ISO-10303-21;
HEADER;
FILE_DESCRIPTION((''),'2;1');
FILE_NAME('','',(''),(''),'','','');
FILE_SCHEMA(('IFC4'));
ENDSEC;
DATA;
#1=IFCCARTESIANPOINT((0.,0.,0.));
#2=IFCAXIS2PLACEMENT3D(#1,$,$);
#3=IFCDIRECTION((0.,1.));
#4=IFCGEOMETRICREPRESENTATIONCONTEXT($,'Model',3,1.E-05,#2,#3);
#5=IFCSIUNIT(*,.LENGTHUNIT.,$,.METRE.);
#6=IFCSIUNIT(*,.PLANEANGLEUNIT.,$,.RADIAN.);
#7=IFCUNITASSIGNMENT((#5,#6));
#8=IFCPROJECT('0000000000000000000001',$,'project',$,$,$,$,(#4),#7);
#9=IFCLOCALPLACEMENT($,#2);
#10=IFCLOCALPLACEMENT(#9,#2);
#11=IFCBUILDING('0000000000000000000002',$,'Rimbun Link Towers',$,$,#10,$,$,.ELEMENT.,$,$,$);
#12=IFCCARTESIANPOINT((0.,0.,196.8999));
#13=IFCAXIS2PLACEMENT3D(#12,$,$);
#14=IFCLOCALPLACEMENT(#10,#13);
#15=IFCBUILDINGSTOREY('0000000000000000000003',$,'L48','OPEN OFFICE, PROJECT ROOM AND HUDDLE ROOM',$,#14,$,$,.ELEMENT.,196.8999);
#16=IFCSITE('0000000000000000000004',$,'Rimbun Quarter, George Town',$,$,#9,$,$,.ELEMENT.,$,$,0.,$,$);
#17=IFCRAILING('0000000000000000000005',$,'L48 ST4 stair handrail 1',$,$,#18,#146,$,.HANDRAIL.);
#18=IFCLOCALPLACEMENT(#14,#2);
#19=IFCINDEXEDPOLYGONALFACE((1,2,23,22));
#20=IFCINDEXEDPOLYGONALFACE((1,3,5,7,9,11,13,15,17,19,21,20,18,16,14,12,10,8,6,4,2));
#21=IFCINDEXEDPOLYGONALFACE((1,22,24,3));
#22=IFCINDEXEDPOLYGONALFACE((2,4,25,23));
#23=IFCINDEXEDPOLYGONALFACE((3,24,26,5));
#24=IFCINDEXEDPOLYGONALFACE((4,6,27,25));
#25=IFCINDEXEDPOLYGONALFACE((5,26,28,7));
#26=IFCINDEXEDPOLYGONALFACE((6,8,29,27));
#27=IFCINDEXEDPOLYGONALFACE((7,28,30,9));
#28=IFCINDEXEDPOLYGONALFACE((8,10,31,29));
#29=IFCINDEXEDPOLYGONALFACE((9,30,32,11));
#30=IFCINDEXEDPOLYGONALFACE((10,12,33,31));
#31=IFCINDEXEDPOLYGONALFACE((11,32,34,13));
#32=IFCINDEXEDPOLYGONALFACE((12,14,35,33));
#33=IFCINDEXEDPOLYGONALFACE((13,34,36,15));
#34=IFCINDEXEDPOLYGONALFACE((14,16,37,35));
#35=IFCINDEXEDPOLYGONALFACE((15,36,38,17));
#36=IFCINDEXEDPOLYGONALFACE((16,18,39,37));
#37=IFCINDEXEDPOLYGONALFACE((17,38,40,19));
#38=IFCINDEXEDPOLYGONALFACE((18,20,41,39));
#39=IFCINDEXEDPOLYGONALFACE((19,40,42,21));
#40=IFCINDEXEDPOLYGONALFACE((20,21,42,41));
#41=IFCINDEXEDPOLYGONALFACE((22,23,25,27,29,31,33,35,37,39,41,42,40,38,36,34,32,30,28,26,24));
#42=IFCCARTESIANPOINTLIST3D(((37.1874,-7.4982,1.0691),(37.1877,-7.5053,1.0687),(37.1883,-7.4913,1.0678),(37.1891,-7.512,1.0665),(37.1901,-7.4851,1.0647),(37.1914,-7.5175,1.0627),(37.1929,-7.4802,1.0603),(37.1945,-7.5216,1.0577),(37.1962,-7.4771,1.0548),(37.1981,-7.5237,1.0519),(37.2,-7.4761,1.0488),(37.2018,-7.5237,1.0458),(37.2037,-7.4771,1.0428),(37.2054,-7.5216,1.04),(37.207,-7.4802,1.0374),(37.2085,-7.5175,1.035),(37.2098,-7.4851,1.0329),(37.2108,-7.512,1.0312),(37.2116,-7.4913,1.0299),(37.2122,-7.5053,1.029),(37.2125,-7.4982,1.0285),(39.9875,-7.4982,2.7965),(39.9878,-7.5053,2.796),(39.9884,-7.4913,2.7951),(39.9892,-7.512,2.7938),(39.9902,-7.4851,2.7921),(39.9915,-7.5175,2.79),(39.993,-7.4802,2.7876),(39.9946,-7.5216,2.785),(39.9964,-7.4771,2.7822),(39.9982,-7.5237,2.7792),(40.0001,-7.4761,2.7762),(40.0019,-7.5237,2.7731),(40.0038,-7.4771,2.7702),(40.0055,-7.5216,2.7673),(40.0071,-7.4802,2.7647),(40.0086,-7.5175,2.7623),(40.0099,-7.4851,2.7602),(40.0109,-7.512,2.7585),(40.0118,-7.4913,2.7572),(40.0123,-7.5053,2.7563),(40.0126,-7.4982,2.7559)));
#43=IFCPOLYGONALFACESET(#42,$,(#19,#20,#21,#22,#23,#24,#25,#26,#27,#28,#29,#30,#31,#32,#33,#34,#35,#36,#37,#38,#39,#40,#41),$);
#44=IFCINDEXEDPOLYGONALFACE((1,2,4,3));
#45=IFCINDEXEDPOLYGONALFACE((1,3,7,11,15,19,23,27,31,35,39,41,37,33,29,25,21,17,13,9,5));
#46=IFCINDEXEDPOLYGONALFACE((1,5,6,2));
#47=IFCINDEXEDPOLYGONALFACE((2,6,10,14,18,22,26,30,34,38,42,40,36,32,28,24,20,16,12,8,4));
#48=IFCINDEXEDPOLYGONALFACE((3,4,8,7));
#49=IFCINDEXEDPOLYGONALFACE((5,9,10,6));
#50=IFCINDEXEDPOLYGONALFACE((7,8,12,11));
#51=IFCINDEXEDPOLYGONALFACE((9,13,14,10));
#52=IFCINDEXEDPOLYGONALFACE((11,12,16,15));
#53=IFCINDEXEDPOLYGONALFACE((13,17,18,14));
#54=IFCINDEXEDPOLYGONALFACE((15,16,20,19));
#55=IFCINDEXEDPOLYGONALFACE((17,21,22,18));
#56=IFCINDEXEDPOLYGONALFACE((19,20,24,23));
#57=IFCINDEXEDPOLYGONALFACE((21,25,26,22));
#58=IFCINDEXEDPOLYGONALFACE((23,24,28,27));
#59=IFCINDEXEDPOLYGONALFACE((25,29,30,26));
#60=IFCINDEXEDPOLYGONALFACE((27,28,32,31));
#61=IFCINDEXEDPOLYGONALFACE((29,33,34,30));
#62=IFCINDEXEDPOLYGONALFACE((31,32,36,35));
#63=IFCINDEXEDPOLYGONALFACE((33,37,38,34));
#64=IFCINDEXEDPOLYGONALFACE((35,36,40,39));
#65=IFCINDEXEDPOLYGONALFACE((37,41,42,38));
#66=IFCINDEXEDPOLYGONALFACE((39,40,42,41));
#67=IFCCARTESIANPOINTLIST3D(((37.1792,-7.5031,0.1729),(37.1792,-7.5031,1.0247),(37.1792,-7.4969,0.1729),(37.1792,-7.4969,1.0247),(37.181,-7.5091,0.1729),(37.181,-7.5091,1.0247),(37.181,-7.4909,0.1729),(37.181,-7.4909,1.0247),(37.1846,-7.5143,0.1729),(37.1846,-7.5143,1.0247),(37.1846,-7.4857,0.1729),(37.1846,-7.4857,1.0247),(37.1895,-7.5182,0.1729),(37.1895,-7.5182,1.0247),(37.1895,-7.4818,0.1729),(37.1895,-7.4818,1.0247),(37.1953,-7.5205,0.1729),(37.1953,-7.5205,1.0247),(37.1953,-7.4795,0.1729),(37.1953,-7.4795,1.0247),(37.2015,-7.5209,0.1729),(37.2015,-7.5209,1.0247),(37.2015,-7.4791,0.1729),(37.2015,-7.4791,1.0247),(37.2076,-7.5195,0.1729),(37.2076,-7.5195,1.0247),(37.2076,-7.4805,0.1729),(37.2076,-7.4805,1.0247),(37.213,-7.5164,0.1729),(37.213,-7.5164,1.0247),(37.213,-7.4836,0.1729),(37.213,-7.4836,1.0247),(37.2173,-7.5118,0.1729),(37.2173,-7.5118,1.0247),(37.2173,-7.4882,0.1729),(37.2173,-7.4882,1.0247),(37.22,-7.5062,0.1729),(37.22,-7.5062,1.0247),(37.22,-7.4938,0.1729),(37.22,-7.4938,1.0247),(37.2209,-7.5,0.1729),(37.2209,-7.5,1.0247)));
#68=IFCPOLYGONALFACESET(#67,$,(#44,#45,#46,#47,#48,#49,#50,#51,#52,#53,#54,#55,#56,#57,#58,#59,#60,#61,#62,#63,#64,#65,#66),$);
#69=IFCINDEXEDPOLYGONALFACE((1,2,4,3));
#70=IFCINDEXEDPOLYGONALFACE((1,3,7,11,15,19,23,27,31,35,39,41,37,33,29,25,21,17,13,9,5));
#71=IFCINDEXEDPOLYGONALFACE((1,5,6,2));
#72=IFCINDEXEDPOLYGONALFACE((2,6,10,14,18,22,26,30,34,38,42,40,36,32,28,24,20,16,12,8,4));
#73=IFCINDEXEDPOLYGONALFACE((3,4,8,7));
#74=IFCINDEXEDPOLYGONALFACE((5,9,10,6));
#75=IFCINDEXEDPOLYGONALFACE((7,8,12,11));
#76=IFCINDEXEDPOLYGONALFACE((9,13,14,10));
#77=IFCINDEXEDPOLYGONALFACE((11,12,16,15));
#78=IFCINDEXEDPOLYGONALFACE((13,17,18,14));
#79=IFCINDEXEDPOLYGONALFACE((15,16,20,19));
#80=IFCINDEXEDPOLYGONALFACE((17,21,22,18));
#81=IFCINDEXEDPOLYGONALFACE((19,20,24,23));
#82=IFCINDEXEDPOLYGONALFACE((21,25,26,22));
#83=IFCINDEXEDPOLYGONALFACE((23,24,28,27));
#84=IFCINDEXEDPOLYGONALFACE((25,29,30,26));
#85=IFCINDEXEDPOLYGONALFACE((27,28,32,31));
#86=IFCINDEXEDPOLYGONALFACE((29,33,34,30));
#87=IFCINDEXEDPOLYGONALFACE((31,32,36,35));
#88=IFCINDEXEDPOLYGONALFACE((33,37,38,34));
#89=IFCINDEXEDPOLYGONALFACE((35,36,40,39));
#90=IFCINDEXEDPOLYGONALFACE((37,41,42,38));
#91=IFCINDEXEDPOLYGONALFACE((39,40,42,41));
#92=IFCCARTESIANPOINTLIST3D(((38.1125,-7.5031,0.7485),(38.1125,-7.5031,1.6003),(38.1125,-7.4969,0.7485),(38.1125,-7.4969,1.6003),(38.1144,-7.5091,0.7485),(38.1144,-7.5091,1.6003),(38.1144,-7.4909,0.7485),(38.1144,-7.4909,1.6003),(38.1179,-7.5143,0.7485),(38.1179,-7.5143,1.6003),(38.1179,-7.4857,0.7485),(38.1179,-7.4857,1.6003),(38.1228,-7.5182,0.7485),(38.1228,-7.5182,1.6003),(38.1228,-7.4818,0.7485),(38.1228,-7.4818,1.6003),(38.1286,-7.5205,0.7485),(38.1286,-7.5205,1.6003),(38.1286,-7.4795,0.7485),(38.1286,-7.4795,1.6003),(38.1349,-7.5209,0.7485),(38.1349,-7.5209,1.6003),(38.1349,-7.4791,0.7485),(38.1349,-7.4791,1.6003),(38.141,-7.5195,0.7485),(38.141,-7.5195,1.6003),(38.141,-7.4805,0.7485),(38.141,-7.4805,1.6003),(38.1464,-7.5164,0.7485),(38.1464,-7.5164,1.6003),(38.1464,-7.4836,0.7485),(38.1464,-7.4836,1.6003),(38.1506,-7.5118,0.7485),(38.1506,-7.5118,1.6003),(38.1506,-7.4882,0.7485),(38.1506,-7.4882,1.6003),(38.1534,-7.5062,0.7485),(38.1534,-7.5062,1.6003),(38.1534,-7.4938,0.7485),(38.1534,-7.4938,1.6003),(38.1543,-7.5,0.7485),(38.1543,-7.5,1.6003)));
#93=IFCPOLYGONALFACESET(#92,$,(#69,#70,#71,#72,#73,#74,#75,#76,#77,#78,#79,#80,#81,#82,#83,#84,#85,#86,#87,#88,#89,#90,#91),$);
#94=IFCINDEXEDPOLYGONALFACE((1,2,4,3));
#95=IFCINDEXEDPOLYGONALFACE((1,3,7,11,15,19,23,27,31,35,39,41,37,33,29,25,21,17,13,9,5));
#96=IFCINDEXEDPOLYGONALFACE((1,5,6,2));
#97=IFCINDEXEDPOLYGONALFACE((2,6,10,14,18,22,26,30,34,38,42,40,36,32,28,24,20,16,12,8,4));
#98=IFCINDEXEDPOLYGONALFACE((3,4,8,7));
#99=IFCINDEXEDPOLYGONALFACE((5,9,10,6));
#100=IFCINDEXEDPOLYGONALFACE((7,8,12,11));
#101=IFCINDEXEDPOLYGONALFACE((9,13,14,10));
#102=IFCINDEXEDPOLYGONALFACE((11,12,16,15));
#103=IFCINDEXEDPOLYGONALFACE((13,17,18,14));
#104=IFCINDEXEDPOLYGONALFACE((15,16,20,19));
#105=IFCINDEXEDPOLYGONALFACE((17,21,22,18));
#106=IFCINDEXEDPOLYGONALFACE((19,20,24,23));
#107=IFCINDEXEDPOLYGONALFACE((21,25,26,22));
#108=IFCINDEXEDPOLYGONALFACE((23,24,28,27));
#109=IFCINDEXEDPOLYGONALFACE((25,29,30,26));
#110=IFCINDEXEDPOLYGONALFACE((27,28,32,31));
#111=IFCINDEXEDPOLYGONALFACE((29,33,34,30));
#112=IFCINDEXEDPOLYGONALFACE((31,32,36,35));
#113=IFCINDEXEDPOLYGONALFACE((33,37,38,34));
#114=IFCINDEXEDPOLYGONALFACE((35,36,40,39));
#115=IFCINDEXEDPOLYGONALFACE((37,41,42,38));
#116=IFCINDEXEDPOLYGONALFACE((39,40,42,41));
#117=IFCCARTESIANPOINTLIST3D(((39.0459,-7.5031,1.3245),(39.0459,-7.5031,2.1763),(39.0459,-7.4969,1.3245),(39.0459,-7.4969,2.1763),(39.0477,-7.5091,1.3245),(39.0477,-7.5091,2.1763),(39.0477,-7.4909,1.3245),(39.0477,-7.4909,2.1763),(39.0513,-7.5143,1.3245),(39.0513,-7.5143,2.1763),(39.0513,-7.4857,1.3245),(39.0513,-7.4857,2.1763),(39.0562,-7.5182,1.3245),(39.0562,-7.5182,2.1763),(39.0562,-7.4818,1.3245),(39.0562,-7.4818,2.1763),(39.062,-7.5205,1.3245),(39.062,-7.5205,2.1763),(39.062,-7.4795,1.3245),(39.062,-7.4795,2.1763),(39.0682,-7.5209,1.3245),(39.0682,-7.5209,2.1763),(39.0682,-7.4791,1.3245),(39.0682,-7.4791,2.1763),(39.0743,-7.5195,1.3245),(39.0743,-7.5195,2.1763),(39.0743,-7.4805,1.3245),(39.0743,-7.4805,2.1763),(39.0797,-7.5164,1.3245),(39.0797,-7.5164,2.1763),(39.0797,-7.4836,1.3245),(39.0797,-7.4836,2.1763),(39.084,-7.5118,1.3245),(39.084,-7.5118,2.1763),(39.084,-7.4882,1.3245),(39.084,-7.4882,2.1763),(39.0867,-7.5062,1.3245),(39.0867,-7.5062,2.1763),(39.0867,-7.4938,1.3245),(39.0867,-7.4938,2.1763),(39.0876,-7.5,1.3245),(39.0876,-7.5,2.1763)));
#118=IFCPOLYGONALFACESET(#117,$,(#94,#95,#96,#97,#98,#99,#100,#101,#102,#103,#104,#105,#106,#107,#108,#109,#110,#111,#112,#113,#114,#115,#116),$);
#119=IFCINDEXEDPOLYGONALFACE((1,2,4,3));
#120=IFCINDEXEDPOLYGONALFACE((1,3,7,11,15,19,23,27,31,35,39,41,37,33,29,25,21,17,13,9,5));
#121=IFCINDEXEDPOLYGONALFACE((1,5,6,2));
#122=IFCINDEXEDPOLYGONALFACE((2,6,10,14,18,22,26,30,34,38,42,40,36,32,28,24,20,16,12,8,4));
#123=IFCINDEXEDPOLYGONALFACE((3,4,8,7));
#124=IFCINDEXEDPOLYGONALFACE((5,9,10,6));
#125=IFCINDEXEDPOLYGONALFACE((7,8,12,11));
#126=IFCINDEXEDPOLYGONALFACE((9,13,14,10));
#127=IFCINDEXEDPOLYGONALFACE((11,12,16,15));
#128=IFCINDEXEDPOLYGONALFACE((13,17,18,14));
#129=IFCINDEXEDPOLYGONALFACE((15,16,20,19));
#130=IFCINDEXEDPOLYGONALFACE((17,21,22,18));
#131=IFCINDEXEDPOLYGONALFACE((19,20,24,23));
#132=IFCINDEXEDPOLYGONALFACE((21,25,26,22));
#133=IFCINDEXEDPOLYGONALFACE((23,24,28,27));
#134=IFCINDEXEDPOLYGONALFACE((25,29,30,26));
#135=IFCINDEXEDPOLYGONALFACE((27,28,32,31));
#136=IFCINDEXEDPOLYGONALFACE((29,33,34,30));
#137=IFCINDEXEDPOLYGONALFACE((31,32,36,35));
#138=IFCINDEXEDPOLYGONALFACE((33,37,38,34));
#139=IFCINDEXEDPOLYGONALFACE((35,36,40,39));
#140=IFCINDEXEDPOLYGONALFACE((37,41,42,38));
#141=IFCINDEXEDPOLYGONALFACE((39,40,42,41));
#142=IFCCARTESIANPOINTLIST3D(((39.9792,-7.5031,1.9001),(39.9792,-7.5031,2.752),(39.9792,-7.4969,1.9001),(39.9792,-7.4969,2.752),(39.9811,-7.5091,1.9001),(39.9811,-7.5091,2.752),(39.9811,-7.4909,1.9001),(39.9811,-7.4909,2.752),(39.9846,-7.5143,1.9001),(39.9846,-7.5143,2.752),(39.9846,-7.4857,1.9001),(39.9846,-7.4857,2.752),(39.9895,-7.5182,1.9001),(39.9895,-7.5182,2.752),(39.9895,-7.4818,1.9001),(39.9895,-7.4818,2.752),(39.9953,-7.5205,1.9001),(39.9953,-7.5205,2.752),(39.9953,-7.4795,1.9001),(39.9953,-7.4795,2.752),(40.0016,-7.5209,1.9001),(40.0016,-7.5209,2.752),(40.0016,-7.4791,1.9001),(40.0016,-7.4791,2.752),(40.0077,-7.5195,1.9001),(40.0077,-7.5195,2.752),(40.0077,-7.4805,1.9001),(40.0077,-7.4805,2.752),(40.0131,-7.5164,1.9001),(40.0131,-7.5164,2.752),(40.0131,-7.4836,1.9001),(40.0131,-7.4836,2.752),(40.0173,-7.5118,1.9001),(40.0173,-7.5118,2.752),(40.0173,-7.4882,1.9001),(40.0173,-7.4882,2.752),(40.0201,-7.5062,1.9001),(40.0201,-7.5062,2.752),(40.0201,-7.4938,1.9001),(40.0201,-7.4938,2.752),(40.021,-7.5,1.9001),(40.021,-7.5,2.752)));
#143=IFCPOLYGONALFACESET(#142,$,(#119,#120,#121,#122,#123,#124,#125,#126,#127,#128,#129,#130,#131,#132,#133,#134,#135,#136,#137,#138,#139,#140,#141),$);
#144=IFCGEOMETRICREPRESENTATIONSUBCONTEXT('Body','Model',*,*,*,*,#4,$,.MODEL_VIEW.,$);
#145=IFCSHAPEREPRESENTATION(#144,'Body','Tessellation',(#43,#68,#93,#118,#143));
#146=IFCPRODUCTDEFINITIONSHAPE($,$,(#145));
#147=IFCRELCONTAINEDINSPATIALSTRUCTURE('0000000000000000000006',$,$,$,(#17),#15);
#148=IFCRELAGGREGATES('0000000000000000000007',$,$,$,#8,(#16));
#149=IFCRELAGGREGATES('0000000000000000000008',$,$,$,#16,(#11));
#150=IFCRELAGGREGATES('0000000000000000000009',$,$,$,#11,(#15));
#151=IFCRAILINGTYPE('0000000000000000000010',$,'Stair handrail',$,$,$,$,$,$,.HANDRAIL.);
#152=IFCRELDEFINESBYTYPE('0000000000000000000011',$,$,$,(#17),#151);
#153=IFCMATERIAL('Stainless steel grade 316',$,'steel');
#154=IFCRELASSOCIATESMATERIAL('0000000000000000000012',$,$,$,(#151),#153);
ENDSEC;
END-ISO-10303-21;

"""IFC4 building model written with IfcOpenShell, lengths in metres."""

from ifc_helpers import new_model, si_unit, direction, frame, origin, origin_2d, place, context, subcontext, project, spatial, circle, extrude, material, type_object, element, save


model = new_model("IFC4")

# Units and contexts
model_context = context("Model", 3, precision=1e-05, world=origin(), true_north=direction((0.0, 1.0)))
body_context = subcontext(model_context, "Body", "Model", "MODEL_VIEW")
ifc_project = project(units=[si_unit("LENGTHUNIT", "METRE"), si_unit("PLANEANGLEUNIT", "RADIAN")], contexts=[model_context])

# Site, building, storey
site_placement = place(None, origin())
site = spatial("IfcSite", under=ifc_project, at=site_placement, Name="Rimbun Quarter, George Town", CompositionType="ELEMENT", RefElevation=0.0)
building_placement = place(site_placement, origin())
building = spatial("IfcBuilding", under=site, at=building_placement, Name="Rimbun Link Towers", CompositionType="ELEMENT")
storey_placement = place(building_placement, frame((0.0, 0.0, 196.8999)))
storey = spatial("IfcBuildingStorey", under=building, at=storey_placement, Name="L48", Description="OPEN OFFICE, PROJECT ROOM AND HUDDLE ROOM", CompositionType="ELEMENT", Elevation=196.8999)

# Railing
ifc_material_1 = material(Name="Stainless steel grade 316", Category="steel")
railing_type_1 = type_object("IfcRailingType", Name="Stair handrail", PredefinedType="HANDRAIL", material=ifc_material_1)
railing_1_placement = place(storey_placement, frame((37.2, -7.5, 0.1729)))
element("IfcRailing", 1, at=railing_1_placement, inside=storey, type_object=railing_type_1, Name="L48 ST4 stair handrail 1", PredefinedType="HANDRAIL", context=body_context, shape_type="SweptSolid", body=[
    extrude(circle(Radius=0.0239, at=origin_2d()), frame((0.0, 0.0, 0.876), z_axis=(0.85109, 0.0, 0.52502), x_axis=(0.0, 1.0, 0.0)), (0.0, 0.0, 1.0), 3.29),
    extrude(circle(Radius=0.021, at=origin_2d()), origin(), (0.0, 0.0, 1.0), 0.8518),
    extrude(circle(Radius=0.021, at=origin_2d()), frame((0.9333, 0.0, 0.5757)), (0.0, 0.0, 1.0), 0.8518),
    extrude(circle(Radius=0.021, at=origin_2d()), frame((1.8667, 0.0, 1.1516)), (0.0, 0.0, 1.0), 0.8518),
    extrude(circle(Radius=0.021, at=origin_2d()), frame((2.8, 0.0, 1.7273)), (0.0, 0.0, 1.0), 0.8518),
])

save(model, "model.ifc")
